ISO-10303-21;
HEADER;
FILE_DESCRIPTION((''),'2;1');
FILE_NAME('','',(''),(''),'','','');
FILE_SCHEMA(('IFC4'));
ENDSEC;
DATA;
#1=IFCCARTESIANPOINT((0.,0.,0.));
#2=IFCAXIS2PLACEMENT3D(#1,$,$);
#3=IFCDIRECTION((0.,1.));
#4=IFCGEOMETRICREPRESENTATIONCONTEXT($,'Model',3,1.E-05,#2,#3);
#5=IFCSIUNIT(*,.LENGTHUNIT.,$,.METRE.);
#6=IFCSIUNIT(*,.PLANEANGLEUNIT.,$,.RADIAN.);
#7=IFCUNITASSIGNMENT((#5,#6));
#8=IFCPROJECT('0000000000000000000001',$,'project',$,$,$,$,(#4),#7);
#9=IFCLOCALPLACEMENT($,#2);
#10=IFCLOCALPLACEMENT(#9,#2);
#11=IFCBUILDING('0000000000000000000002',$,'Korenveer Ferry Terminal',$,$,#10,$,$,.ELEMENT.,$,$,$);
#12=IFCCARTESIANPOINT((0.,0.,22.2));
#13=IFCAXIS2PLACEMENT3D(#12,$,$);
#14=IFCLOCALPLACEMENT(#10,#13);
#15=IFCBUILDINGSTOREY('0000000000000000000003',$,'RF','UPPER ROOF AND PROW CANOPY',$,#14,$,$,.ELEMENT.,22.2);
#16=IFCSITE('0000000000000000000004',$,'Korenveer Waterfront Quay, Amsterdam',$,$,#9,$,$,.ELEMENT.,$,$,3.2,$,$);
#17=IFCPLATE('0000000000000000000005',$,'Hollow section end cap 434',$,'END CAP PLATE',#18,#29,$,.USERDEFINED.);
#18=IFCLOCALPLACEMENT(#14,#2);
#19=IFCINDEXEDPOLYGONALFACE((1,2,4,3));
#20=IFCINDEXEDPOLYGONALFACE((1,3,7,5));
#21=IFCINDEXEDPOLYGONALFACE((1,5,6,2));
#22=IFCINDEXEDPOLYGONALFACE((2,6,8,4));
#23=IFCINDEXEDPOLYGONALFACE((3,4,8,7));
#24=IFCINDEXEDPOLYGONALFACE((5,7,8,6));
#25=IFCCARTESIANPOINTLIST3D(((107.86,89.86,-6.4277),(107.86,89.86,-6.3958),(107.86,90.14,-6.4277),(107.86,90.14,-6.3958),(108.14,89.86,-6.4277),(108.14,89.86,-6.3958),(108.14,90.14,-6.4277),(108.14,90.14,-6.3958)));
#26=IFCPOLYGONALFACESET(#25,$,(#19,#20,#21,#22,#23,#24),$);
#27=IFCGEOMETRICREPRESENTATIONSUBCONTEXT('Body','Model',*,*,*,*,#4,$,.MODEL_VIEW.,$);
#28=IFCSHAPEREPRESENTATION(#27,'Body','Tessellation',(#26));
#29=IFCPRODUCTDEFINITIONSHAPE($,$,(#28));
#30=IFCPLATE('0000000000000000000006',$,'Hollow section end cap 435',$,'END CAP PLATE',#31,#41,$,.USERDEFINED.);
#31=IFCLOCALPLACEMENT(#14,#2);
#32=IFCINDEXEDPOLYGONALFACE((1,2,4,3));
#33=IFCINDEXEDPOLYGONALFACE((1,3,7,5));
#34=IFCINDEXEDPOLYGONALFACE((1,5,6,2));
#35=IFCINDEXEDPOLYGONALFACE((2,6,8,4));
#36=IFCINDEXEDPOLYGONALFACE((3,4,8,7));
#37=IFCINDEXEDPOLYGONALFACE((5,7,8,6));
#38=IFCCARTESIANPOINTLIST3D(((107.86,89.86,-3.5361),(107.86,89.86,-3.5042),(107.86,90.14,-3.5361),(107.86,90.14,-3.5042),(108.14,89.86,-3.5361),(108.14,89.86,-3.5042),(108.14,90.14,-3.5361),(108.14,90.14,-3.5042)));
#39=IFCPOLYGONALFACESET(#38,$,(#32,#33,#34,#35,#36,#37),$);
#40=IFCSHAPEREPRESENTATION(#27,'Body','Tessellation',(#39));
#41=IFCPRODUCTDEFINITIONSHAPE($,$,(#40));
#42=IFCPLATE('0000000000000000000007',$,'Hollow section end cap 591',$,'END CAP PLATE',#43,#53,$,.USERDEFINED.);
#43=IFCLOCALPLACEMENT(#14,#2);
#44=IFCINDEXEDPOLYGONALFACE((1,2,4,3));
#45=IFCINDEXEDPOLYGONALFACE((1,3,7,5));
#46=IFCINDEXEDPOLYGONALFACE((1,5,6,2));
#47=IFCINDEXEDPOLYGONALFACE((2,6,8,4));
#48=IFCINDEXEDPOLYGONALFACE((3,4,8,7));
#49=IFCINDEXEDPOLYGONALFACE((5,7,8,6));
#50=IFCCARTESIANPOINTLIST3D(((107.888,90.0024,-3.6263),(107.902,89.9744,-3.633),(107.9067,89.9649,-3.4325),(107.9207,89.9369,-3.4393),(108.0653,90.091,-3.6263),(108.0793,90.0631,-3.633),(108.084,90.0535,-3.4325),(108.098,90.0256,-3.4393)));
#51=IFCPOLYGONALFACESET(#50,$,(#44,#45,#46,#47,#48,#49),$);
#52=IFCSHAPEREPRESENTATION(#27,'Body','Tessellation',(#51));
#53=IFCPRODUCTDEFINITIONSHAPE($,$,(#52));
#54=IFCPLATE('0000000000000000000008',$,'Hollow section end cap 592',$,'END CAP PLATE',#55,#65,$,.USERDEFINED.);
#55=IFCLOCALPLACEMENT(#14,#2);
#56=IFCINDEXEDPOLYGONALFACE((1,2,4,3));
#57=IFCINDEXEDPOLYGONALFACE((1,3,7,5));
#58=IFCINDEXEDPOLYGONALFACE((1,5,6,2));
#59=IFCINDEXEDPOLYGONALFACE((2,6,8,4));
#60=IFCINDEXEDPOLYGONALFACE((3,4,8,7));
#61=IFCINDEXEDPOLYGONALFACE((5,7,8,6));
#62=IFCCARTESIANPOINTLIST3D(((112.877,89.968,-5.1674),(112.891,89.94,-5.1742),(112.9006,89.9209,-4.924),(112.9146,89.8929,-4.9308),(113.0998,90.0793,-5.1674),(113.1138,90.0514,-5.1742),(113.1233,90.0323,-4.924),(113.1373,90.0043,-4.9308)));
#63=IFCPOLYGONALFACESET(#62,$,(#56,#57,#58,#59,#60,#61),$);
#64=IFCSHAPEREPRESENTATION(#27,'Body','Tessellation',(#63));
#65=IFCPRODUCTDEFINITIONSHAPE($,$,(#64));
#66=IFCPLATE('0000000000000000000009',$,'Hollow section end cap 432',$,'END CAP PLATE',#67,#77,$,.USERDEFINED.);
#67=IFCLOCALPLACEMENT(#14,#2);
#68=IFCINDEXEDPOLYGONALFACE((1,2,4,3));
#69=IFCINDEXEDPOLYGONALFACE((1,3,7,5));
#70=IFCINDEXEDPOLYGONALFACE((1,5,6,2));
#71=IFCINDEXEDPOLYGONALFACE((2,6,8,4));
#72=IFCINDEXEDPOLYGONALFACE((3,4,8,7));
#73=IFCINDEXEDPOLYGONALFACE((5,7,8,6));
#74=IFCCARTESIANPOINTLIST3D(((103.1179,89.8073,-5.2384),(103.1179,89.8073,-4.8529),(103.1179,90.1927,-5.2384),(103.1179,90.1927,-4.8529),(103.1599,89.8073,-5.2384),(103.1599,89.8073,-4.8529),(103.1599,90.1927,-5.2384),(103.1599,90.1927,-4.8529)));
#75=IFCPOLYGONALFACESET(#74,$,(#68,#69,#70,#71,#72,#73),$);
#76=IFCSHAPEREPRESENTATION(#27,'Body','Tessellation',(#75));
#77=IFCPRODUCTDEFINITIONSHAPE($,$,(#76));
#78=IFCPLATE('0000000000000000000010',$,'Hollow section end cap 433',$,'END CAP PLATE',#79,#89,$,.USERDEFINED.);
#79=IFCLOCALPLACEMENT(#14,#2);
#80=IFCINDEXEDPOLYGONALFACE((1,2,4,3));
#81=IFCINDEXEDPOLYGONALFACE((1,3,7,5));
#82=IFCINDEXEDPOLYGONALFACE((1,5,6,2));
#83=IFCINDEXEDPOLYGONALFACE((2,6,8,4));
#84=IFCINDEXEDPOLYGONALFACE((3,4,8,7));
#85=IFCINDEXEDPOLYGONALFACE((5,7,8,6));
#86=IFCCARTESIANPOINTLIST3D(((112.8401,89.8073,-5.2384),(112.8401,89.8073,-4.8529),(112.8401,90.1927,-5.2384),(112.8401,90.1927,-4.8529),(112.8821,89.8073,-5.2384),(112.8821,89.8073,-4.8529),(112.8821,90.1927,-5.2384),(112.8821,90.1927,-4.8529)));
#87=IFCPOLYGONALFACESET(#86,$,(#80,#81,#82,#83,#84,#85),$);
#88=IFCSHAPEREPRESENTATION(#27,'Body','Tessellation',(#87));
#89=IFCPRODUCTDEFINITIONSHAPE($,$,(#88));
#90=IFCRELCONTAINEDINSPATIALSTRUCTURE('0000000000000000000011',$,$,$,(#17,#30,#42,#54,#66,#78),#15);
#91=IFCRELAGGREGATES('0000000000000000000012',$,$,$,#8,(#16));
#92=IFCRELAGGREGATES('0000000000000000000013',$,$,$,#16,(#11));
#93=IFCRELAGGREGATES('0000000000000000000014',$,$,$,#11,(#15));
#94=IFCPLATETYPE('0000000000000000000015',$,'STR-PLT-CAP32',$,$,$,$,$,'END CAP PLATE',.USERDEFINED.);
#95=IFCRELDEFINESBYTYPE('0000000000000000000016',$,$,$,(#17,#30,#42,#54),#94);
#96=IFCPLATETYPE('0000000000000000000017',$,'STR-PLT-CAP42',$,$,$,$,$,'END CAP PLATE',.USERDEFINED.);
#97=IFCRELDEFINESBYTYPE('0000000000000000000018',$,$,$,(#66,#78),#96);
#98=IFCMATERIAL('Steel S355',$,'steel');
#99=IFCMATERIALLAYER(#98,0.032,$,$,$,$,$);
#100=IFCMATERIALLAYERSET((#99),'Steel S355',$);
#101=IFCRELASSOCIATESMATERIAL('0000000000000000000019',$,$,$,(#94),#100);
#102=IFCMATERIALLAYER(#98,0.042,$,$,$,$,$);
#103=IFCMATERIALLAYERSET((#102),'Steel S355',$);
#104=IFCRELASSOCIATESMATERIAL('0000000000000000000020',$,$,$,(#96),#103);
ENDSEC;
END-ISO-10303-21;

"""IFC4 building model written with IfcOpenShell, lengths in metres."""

from ifc_helpers import new_model, si_unit, direction, frame, origin, origin_2d, place, context, subcontext, project, spatial, rectangle, extrude, material, layer, layer_set, type_object, element, save


model = new_model("IFC4")

# Units and contexts
model_context = context("Model", 3, precision=1e-05, world=origin(), true_north=direction((0.0, 1.0)))
body_context = subcontext(model_context, "Body", "Model", "MODEL_VIEW")
ifc_project = project(units=[si_unit("LENGTHUNIT", "METRE"), si_unit("PLANEANGLEUNIT", "RADIAN")], contexts=[model_context])

# Site, building, storey
site_placement = place(None, origin())
site = spatial("IfcSite", under=ifc_project, at=site_placement, Name="Korenveer Waterfront Quay, Amsterdam", CompositionType="ELEMENT", RefElevation=3.2)
building_placement = place(site_placement, origin())
building = spatial("IfcBuilding", under=site, at=building_placement, Name="Korenveer Ferry Terminal", CompositionType="ELEMENT")
storey_placement = place(building_placement, frame((0.0, 0.0, 22.2)))
storey = spatial("IfcBuildingStorey", under=building, at=storey_placement, Name="RF", Description="UPPER ROOF AND PROW CANOPY", CompositionType="ELEMENT", Elevation=22.2)

# Shared definitions
ifc_material_1 = material(Name="Steel S355", Category="steel")

# Plates
ifc_layer_1 = layer(ifc_material_1, 0.032)
ifc_layer_set_1 = layer_set([ifc_layer_1], Name="Steel S355")
plate_type_1 = type_object("IfcPlateType", Name="STR-PLT-CAP32", ElementType="END CAP PLATE", PredefinedType="USERDEFINED", material=ifc_layer_set_1)
for number, where, z_axis, x_axis, name in (
    (1, (108.0, 90.0, -6.4277), (0.0, 0.0, 1.0), (1.0, 0.0, 0.0), "Hollow section end cap 434"),
    (2, (108.0, 90.0, -3.5361), (0.0, 0.0, 1.0), (1.0, 0.0, 0.0), "Hollow section end cap 435"),
):
    element("IfcPlate", number, at=place(storey_placement, frame(where, z_axis=z_axis, x_axis=x_axis)), inside=storey, type_object=plate_type_1, Name=name, ObjectType="END CAP PLATE", PredefinedType="USERDEFINED", context=body_context, shape_type="SweptSolid", body=[
        extrude(rectangle(XDim=0.28, YDim=0.28, at=origin_2d()), origin(), (0.0, 0.0, 1.0), 0.032),
    ])
plate_1_placement = place(storey_placement, frame((108.0, 90.0, -3.5361), z_axis=(-0.43711, 0.874221, 0.21136), x_axis=(-0.894427, -0.447214, 0.0)))
element("IfcPlate", 3, at=plate_1_placement, inside=storey, type_object=plate_type_1, Name="Hollow section end cap 591", ObjectType="END CAP PLATE", PredefinedType="USERDEFINED", context=body_context, shape_type="SweptSolid", body=[
    extrude(rectangle(XDim=0.1982, YDim=0.1982, at=origin_2d()), origin(), (0.0, 0.0, 1.0), 0.032),
])
plate_2_placement = place(storey_placement, frame((113.0142, 89.9722, -5.0525), z_axis=(-0.43711, 0.874221, 0.21136), x_axis=(-0.894427, -0.447214, 0.0)))
element("IfcPlate", 4, at=plate_2_placement, inside=storey, type_object=plate_type_1, Name="Hollow section end cap 592", ObjectType="END CAP PLATE", PredefinedType="USERDEFINED", context=body_context, shape_type="SweptSolid", body=[
    extrude(rectangle(XDim=0.249, YDim=0.249, at=origin_2d()), origin(), (0.0, 0.0, 1.0), 0.032),
])
ifc_layer_2 = layer(ifc_material_1, 0.042)
ifc_layer_set_2 = layer_set([ifc_layer_2], Name="Steel S355")
plate_type_2 = type_object("IfcPlateType", Name="STR-PLT-CAP42", ElementType="END CAP PLATE", PredefinedType="USERDEFINED", material=ifc_layer_set_2)
for number, where, z_axis, x_axis, name in (
    (5, (103.1179, 90.0, -5.0457), (1.0, 0.0, 0.0), (0.0, 1.0, 0.0), "Hollow section end cap 432"),
    (6, (112.8401, 90.0, -5.0457), (1.0, 0.0, 0.0), (0.0, 1.0, 0.0), "Hollow section end cap 433"),
):
    element("IfcPlate", number, at=place(storey_placement, frame(where, z_axis=z_axis, x_axis=x_axis)), inside=storey, type_object=plate_type_2, Name=name, ObjectType="END CAP PLATE", PredefinedType="USERDEFINED", context=body_context, shape_type="SweptSolid", body=[
        extrude(rectangle(XDim=0.3855, YDim=0.3855, at=origin_2d()), origin(), (0.0, 0.0, 1.0), 0.042),
    ])

save(model, "model.ifc")
